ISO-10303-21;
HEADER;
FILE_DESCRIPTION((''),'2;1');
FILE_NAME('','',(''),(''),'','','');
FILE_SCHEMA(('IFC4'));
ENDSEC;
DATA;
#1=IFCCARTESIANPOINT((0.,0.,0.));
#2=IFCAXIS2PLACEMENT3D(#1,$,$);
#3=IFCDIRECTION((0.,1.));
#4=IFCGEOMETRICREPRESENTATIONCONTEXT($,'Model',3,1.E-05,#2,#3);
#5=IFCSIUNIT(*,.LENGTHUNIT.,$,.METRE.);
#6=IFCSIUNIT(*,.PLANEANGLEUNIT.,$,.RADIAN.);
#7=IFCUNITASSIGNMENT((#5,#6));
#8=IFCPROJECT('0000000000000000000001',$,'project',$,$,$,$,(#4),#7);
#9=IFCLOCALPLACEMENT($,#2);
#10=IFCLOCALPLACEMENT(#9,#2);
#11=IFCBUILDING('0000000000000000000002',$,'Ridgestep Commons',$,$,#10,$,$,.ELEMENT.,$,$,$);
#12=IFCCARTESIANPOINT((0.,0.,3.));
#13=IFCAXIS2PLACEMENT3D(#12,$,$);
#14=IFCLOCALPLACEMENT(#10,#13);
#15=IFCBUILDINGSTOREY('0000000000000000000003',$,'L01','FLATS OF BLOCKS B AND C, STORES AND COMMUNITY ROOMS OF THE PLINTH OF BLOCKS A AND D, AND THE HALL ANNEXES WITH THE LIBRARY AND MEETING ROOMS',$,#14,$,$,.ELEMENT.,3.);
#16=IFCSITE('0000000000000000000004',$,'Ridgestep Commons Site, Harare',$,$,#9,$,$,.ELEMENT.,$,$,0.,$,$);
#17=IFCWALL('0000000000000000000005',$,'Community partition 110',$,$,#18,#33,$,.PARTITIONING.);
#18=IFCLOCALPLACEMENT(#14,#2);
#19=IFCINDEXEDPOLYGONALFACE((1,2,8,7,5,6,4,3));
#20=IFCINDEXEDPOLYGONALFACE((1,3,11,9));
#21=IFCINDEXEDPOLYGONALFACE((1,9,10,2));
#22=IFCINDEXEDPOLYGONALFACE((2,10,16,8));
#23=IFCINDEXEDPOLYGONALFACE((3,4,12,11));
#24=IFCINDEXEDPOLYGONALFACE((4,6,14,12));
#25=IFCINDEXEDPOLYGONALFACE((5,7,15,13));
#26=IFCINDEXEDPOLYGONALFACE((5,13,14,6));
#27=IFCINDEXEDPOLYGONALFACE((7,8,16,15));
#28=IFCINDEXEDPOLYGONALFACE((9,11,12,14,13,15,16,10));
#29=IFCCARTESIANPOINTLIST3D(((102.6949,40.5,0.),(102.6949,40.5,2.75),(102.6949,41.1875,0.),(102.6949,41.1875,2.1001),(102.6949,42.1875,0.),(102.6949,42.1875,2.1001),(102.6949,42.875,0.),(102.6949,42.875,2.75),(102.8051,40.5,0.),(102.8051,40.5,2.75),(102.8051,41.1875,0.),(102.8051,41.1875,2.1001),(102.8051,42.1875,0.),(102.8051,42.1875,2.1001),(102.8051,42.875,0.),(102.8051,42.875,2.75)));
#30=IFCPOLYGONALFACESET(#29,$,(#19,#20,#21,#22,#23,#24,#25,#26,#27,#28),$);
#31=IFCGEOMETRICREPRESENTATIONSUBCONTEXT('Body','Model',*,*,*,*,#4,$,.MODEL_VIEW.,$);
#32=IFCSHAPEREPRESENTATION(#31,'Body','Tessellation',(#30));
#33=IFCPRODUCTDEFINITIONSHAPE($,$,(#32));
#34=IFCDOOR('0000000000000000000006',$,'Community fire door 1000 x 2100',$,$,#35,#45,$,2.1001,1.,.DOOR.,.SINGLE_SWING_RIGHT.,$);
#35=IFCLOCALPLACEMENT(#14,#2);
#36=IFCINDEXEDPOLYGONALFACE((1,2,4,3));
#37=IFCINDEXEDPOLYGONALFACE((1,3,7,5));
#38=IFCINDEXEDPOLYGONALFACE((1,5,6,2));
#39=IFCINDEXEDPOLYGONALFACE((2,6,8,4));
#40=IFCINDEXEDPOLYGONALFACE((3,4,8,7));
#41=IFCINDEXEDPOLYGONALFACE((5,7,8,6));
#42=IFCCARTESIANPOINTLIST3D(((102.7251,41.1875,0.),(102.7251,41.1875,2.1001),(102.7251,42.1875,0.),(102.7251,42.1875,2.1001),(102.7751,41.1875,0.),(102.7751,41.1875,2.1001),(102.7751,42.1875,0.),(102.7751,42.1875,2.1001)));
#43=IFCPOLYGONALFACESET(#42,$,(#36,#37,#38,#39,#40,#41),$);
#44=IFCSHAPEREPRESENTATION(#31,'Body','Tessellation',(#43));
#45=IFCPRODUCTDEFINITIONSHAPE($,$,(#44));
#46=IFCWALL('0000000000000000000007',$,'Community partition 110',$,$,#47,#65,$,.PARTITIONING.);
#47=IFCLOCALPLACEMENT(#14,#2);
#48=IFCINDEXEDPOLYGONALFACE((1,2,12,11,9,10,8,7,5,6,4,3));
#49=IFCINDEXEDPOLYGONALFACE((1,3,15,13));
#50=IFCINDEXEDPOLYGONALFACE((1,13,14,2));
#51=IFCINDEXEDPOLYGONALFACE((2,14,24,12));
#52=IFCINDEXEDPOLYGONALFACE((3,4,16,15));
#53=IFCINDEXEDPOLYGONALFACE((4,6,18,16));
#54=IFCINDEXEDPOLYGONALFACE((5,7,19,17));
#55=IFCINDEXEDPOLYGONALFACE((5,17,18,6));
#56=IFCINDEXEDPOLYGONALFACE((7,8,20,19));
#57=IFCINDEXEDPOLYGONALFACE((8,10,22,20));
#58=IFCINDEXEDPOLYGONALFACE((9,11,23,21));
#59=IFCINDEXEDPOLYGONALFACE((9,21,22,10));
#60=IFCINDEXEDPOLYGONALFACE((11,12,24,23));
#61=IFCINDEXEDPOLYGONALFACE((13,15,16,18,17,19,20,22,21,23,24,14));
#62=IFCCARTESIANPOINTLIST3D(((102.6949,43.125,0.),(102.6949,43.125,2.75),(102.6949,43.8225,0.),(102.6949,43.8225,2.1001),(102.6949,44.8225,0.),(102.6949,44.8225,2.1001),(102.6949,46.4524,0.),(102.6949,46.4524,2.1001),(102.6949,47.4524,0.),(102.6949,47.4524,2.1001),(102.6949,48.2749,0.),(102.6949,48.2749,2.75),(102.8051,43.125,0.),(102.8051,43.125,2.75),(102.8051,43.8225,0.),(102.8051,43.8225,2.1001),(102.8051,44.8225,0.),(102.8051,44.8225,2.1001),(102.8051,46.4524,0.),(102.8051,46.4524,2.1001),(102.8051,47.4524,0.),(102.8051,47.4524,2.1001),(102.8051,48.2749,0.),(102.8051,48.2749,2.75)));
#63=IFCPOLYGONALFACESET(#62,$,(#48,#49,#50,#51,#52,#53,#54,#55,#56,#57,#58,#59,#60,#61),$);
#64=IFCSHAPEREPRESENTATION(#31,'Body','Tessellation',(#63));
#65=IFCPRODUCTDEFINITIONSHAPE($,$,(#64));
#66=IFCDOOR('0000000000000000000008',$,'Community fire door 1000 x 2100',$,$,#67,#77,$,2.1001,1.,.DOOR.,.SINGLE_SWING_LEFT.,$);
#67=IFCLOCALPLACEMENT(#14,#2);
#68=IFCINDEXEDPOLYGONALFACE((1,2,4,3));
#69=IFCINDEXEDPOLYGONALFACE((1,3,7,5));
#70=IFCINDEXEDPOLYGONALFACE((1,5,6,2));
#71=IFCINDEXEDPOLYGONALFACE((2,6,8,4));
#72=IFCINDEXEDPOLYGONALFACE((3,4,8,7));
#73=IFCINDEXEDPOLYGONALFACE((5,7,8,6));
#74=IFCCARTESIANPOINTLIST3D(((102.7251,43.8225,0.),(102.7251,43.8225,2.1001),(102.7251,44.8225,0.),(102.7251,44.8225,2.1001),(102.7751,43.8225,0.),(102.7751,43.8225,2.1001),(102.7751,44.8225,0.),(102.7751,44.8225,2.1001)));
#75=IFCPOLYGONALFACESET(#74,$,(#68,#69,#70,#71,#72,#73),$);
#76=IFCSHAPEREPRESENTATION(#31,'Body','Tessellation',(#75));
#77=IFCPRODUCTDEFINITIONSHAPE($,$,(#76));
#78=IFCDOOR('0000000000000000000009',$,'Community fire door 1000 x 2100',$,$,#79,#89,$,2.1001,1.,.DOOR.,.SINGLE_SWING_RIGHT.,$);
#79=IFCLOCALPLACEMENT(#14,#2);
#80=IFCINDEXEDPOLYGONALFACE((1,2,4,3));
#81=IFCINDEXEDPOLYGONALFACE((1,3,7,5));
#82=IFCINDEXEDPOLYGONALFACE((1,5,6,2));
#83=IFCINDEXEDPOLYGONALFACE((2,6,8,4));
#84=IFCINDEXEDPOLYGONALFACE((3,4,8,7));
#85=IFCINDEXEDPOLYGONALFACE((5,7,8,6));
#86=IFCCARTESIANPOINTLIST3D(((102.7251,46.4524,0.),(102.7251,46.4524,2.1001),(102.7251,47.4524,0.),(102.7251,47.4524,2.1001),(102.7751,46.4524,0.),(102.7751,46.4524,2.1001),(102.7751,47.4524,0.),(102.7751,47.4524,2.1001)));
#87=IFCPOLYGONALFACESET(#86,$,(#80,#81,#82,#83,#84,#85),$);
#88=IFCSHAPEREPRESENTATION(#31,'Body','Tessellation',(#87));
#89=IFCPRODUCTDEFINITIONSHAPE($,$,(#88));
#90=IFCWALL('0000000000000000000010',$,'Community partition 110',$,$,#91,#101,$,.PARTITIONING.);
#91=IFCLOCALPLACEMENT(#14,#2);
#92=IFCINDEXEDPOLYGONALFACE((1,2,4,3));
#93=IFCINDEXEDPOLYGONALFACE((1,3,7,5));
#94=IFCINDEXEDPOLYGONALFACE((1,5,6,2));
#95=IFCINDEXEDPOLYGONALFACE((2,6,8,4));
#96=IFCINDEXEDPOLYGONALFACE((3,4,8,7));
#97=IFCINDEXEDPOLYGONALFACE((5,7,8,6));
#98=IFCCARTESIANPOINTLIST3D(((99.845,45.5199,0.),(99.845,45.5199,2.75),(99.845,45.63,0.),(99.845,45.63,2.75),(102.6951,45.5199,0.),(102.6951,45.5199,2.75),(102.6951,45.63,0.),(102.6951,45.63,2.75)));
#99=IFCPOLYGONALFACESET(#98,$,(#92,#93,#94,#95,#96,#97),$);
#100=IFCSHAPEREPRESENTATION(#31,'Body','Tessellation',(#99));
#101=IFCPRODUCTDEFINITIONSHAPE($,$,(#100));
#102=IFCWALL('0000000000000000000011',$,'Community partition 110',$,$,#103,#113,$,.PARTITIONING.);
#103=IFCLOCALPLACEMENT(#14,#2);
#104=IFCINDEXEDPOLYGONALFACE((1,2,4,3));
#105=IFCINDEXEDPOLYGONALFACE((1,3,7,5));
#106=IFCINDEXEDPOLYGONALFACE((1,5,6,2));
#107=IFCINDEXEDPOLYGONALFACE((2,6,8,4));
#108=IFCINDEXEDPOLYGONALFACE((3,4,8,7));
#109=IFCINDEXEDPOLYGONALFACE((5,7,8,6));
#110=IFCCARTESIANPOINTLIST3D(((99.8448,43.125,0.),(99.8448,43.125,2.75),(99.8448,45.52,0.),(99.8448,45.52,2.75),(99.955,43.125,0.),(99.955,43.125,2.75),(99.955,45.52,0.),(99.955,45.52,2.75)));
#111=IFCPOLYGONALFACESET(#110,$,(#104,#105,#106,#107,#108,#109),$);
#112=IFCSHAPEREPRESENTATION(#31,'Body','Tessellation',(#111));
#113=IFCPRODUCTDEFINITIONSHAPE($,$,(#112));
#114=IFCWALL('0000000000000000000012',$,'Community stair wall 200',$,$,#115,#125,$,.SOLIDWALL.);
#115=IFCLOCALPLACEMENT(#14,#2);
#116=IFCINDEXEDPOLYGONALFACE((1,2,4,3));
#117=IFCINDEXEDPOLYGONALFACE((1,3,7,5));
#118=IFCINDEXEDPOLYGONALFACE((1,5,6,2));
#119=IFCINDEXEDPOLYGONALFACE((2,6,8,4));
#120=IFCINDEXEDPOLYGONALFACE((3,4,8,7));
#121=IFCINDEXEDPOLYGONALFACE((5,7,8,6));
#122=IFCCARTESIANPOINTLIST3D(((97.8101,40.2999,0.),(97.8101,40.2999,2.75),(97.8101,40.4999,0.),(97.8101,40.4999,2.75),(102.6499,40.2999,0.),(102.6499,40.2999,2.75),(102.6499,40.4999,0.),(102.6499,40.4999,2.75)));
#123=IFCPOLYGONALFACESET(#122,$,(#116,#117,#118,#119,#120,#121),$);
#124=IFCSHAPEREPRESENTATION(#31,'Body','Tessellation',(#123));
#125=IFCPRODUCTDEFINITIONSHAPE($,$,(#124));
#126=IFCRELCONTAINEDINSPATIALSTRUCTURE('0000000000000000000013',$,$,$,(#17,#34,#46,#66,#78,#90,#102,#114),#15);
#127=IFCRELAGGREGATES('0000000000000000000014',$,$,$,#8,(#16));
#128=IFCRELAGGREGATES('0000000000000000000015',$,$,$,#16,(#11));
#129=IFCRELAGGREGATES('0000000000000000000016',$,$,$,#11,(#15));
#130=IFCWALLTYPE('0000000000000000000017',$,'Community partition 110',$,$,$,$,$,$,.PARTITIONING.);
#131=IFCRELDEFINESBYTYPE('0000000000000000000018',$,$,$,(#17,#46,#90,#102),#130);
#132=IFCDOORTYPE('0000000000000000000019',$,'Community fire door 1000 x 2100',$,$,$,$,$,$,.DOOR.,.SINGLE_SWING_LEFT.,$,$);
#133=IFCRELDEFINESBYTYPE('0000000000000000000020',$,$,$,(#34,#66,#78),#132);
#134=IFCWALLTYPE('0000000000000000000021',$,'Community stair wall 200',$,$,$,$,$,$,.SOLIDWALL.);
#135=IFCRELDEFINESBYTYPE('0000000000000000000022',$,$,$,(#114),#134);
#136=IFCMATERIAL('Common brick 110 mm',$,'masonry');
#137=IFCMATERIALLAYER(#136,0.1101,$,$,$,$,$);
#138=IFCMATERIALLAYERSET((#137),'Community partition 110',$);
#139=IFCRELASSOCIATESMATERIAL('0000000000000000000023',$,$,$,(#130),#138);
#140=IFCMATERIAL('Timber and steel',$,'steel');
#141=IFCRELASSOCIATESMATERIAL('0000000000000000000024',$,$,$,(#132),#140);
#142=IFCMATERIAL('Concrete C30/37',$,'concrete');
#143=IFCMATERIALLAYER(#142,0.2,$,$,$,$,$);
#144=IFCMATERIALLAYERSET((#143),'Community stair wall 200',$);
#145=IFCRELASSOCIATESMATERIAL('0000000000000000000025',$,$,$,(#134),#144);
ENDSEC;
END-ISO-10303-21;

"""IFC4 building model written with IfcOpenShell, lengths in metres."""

from ifc_helpers import new_model, si_unit, direction, frame, frame_2d, origin, place, context, subcontext, project, spatial, rectangle, extrude, material, layer, layer_set, type_object, element, fill, save


model = new_model("IFC4")

# Units and contexts
model_context = context("Model", 3, precision=1e-05, world=origin(), true_north=direction((0.0, 1.0)))
body_context = subcontext(model_context, "Body", "Model", "MODEL_VIEW")
ifc_project = project(units=[si_unit("LENGTHUNIT", "METRE"), si_unit("PLANEANGLEUNIT", "RADIAN")], contexts=[model_context])

# Site, building, storey
site_placement = place(None, origin())
site = spatial("IfcSite", under=ifc_project, at=site_placement, Name="Ridgestep Commons Site, Harare", CompositionType="ELEMENT", RefElevation=0.0)
building_placement = place(site_placement, origin())
building = spatial("IfcBuilding", under=site, at=building_placement, Name="Ridgestep Commons", CompositionType="ELEMENT")
storey_placement = place(building_placement, frame((0.0, 0.0, 3.0)))
storey = spatial("IfcBuildingStorey", under=building, at=storey_placement, Name="L01", Description="FLATS OF BLOCKS B AND C, STORES AND COMMUNITY ROOMS OF THE PLINTH OF BLOCKS A AND D, AND THE HALL ANNEXES WITH THE LIBRARY AND MEETING ROOMS", CompositionType="ELEMENT", Elevation=3.0)

# Wall, opening, door
ifc_material_1 = material(Name="Common brick 110 mm", Category="masonry")
ifc_layer_1 = layer(ifc_material_1, 0.1101)
ifc_layer_set_1 = layer_set([ifc_layer_1], Name="Community partition 110")
wall_type_1 = type_object("IfcWallType", Name="Community partition 110", PredefinedType="PARTITIONING", material=ifc_layer_set_1)
wall_1_placement = place(storey_placement, frame((102.75, 40.5, 0.0), z_axis=(0.0, 0.0, 1.0), x_axis=(0.0, 1.0, 0.0)))
wall_1 = element("IfcWall", 1, at=wall_1_placement, inside=storey, type_object=wall_type_1, Name="Community partition 110", PredefinedType="PARTITIONING", context=body_context, shape_type="SweptSolid", body=[
    extrude(rectangle(XDim=2.375, YDim=0.1101, at=frame_2d((1.1875, 0.0))), origin(), (0.0, 0.0, 1.0), 2.75),
])
opening_1_placement = place(wall_1_placement, frame((0.6875, 0.0, 0.0)))
opening_1 = element("IfcOpeningElement", 2, at=opening_1_placement, cuts=wall_1, PredefinedType="OPENING", context=body_context, shape_type="SweptSolid", body=[
    extrude(rectangle(XDim=1.0, YDim=2.1001, at=frame_2d((0.5, 1.05))), frame((0.0, 0.0649, 0.0), z_axis=(0.0, -1.0, 0.0), x_axis=(1.0, 0.0, 0.0)), (0.0, 0.0, 1.0), 0.1301),
])
ifc_material_2 = material(Name="Timber and steel", Category="steel")
door_type = type_object("IfcDoorType", Name="Community fire door 1000 x 2100", OperationType="SINGLE_SWING_LEFT", PredefinedType="DOOR", material=ifc_material_2)
door_1_placement = place(opening_1_placement, origin())
door_1 = element("IfcDoor", 3, at=door_1_placement, inside=storey, type_object=door_type, Name="Community fire door 1000 x 2100", OperationType="SINGLE_SWING_RIGHT", OverallHeight=2.1001, OverallWidth=1.0, PredefinedType="DOOR", context=body_context, shape_type="SweptSolid", body=[
    extrude(rectangle(XDim=1.0, YDim=2.1001, at=frame_2d((0.5, 1.05))), frame((0.0, 0.0249, 0.0), z_axis=(0.0, -1.0, 0.0), x_axis=(1.0, 0.0, 0.0)), (0.0, 0.0, 1.0), 0.05),
])
fill(opening_1, door_1)

# Wall, openings, doors
wall_2_placement = place(storey_placement, frame((102.75, 43.125, 0.0), z_axis=(0.0, 0.0, 1.0), x_axis=(0.0, 1.0, 0.0)))
wall_2 = element("IfcWall", 4, at=wall_2_placement, inside=storey, type_object=wall_type_1, Name="Community partition 110", PredefinedType="PARTITIONING", context=body_context, shape_type="SweptSolid", body=[
    extrude(rectangle(XDim=5.1499, YDim=0.1101, at=frame_2d((2.575, 0.0))), origin(), (0.0, 0.0, 1.0), 2.75),
])
opening_2_placement = place(wall_2_placement, frame((0.6975, 0.0, 0.0)))
opening_2 = element("IfcOpeningElement", 5, at=opening_2_placement, cuts=wall_2, PredefinedType="OPENING", context=body_context, shape_type="SweptSolid", body=[
    extrude(rectangle(XDim=1.0, YDim=2.1001, at=frame_2d((0.5, 1.05))), frame((0.0, 0.0649, 0.0), z_axis=(0.0, -1.0, 0.0), x_axis=(1.0, 0.0, 0.0)), (0.0, 0.0, 1.0), 0.1301),
])
opening_3_placement = place(wall_2_placement, frame((3.3274, 0.0, 0.0)))
opening_3 = element("IfcOpeningElement", 6, at=opening_3_placement, cuts=wall_2, PredefinedType="OPENING", context=body_context, shape_type="SweptSolid", body=[
    extrude(rectangle(XDim=1.0, YDim=2.1001, at=frame_2d((0.5, 1.05))), frame((0.0, 0.0649, 0.0), z_axis=(0.0, -1.0, 0.0), x_axis=(1.0, 0.0, 0.0)), (0.0, 0.0, 1.0), 0.1301),
])
door_2_placement = place(opening_2_placement, origin())
door_2 = element("IfcDoor", 7, at=door_2_placement, inside=storey, type_object=door_type, Name="Community fire door 1000 x 2100", OperationType="SINGLE_SWING_LEFT", OverallHeight=2.1001, OverallWidth=1.0, PredefinedType="DOOR", context=body_context, shape_type="SweptSolid", body=[
    extrude(rectangle(XDim=1.0, YDim=2.1001, at=frame_2d((0.5, 1.05))), frame((0.0, 0.0249, 0.0), z_axis=(0.0, -1.0, 0.0), x_axis=(1.0, 0.0, 0.0)), (0.0, 0.0, 1.0), 0.05),
])
fill(opening_2, door_2)
door_3_placement = place(opening_3_placement, origin())
door_3 = element("IfcDoor", 8, at=door_3_placement, inside=storey, type_object=door_type, Name="Community fire door 1000 x 2100", OperationType="SINGLE_SWING_RIGHT", OverallHeight=2.1001, OverallWidth=1.0, PredefinedType="DOOR", context=body_context, shape_type="SweptSolid", body=[
    extrude(rectangle(XDim=1.0, YDim=2.1001, at=frame_2d((0.5, 1.05))), frame((0.0, 0.0249, 0.0), z_axis=(0.0, -1.0, 0.0), x_axis=(1.0, 0.0, 0.0)), (0.0, 0.0, 1.0), 0.05),
])
fill(opening_3, door_3)

# Walls
wall_3_placement = place(storey_placement, frame((102.6951, 45.575, 0.0), z_axis=(0.0, 0.0, 1.0), x_axis=(-1.0, 0.0, 0.0)))
element("IfcWall", 9, at=wall_3_placement, inside=storey, type_object=wall_type_1, Name="Community partition 110", PredefinedType="PARTITIONING", context=body_context, shape_type="SweptSolid", body=[
    extrude(rectangle(XDim=2.8501, YDim=0.1101, at=frame_2d((1.425, 0.0))), origin(), (0.0, 0.0, 1.0), 2.75),
])
wall_4_placement = place(storey_placement, frame((99.8999, 43.125, 0.0), z_axis=(0.0, 0.0, 1.0), x_axis=(0.0, 1.0, 0.0)))
element("IfcWall", 10, at=wall_4_placement, inside=storey, type_object=wall_type_1, Name="Community partition 110", PredefinedType="PARTITIONING", context=body_context, shape_type="SweptSolid", body=[
    extrude(rectangle(XDim=2.395, YDim=0.1101, at=frame_2d((1.1975, 0.0))), origin(), (0.0, 0.0, 1.0), 2.75),
])
ifc_material_3 = material(Name="Concrete C30/37", Category="concrete")
ifc_layer_2 = layer(ifc_material_3, 0.2)
ifc_layer_set_2 = layer_set([ifc_layer_2], Name="Community stair wall 200")
wall_type_2 = type_object("IfcWallType", Name="Community stair wall 200", PredefinedType="SOLIDWALL", material=ifc_layer_set_2)
wall_5_placement = place(storey_placement, frame((102.6499, 40.3999, 0.0), z_axis=(0.0, 0.0, 1.0), x_axis=(-1.0, 0.0, 0.0)))
element("IfcWall", 11, at=wall_5_placement, inside=storey, type_object=wall_type_2, Name="Community stair wall 200", PredefinedType="SOLIDWALL", context=body_context, shape_type="SweptSolid", body=[
    extrude(rectangle(XDim=4.8398, YDim=0.2, at=frame_2d((2.4199, 0.0))), origin(), (0.0, 0.0, 1.0), 2.75),
])

save(model, "model.ifc")
